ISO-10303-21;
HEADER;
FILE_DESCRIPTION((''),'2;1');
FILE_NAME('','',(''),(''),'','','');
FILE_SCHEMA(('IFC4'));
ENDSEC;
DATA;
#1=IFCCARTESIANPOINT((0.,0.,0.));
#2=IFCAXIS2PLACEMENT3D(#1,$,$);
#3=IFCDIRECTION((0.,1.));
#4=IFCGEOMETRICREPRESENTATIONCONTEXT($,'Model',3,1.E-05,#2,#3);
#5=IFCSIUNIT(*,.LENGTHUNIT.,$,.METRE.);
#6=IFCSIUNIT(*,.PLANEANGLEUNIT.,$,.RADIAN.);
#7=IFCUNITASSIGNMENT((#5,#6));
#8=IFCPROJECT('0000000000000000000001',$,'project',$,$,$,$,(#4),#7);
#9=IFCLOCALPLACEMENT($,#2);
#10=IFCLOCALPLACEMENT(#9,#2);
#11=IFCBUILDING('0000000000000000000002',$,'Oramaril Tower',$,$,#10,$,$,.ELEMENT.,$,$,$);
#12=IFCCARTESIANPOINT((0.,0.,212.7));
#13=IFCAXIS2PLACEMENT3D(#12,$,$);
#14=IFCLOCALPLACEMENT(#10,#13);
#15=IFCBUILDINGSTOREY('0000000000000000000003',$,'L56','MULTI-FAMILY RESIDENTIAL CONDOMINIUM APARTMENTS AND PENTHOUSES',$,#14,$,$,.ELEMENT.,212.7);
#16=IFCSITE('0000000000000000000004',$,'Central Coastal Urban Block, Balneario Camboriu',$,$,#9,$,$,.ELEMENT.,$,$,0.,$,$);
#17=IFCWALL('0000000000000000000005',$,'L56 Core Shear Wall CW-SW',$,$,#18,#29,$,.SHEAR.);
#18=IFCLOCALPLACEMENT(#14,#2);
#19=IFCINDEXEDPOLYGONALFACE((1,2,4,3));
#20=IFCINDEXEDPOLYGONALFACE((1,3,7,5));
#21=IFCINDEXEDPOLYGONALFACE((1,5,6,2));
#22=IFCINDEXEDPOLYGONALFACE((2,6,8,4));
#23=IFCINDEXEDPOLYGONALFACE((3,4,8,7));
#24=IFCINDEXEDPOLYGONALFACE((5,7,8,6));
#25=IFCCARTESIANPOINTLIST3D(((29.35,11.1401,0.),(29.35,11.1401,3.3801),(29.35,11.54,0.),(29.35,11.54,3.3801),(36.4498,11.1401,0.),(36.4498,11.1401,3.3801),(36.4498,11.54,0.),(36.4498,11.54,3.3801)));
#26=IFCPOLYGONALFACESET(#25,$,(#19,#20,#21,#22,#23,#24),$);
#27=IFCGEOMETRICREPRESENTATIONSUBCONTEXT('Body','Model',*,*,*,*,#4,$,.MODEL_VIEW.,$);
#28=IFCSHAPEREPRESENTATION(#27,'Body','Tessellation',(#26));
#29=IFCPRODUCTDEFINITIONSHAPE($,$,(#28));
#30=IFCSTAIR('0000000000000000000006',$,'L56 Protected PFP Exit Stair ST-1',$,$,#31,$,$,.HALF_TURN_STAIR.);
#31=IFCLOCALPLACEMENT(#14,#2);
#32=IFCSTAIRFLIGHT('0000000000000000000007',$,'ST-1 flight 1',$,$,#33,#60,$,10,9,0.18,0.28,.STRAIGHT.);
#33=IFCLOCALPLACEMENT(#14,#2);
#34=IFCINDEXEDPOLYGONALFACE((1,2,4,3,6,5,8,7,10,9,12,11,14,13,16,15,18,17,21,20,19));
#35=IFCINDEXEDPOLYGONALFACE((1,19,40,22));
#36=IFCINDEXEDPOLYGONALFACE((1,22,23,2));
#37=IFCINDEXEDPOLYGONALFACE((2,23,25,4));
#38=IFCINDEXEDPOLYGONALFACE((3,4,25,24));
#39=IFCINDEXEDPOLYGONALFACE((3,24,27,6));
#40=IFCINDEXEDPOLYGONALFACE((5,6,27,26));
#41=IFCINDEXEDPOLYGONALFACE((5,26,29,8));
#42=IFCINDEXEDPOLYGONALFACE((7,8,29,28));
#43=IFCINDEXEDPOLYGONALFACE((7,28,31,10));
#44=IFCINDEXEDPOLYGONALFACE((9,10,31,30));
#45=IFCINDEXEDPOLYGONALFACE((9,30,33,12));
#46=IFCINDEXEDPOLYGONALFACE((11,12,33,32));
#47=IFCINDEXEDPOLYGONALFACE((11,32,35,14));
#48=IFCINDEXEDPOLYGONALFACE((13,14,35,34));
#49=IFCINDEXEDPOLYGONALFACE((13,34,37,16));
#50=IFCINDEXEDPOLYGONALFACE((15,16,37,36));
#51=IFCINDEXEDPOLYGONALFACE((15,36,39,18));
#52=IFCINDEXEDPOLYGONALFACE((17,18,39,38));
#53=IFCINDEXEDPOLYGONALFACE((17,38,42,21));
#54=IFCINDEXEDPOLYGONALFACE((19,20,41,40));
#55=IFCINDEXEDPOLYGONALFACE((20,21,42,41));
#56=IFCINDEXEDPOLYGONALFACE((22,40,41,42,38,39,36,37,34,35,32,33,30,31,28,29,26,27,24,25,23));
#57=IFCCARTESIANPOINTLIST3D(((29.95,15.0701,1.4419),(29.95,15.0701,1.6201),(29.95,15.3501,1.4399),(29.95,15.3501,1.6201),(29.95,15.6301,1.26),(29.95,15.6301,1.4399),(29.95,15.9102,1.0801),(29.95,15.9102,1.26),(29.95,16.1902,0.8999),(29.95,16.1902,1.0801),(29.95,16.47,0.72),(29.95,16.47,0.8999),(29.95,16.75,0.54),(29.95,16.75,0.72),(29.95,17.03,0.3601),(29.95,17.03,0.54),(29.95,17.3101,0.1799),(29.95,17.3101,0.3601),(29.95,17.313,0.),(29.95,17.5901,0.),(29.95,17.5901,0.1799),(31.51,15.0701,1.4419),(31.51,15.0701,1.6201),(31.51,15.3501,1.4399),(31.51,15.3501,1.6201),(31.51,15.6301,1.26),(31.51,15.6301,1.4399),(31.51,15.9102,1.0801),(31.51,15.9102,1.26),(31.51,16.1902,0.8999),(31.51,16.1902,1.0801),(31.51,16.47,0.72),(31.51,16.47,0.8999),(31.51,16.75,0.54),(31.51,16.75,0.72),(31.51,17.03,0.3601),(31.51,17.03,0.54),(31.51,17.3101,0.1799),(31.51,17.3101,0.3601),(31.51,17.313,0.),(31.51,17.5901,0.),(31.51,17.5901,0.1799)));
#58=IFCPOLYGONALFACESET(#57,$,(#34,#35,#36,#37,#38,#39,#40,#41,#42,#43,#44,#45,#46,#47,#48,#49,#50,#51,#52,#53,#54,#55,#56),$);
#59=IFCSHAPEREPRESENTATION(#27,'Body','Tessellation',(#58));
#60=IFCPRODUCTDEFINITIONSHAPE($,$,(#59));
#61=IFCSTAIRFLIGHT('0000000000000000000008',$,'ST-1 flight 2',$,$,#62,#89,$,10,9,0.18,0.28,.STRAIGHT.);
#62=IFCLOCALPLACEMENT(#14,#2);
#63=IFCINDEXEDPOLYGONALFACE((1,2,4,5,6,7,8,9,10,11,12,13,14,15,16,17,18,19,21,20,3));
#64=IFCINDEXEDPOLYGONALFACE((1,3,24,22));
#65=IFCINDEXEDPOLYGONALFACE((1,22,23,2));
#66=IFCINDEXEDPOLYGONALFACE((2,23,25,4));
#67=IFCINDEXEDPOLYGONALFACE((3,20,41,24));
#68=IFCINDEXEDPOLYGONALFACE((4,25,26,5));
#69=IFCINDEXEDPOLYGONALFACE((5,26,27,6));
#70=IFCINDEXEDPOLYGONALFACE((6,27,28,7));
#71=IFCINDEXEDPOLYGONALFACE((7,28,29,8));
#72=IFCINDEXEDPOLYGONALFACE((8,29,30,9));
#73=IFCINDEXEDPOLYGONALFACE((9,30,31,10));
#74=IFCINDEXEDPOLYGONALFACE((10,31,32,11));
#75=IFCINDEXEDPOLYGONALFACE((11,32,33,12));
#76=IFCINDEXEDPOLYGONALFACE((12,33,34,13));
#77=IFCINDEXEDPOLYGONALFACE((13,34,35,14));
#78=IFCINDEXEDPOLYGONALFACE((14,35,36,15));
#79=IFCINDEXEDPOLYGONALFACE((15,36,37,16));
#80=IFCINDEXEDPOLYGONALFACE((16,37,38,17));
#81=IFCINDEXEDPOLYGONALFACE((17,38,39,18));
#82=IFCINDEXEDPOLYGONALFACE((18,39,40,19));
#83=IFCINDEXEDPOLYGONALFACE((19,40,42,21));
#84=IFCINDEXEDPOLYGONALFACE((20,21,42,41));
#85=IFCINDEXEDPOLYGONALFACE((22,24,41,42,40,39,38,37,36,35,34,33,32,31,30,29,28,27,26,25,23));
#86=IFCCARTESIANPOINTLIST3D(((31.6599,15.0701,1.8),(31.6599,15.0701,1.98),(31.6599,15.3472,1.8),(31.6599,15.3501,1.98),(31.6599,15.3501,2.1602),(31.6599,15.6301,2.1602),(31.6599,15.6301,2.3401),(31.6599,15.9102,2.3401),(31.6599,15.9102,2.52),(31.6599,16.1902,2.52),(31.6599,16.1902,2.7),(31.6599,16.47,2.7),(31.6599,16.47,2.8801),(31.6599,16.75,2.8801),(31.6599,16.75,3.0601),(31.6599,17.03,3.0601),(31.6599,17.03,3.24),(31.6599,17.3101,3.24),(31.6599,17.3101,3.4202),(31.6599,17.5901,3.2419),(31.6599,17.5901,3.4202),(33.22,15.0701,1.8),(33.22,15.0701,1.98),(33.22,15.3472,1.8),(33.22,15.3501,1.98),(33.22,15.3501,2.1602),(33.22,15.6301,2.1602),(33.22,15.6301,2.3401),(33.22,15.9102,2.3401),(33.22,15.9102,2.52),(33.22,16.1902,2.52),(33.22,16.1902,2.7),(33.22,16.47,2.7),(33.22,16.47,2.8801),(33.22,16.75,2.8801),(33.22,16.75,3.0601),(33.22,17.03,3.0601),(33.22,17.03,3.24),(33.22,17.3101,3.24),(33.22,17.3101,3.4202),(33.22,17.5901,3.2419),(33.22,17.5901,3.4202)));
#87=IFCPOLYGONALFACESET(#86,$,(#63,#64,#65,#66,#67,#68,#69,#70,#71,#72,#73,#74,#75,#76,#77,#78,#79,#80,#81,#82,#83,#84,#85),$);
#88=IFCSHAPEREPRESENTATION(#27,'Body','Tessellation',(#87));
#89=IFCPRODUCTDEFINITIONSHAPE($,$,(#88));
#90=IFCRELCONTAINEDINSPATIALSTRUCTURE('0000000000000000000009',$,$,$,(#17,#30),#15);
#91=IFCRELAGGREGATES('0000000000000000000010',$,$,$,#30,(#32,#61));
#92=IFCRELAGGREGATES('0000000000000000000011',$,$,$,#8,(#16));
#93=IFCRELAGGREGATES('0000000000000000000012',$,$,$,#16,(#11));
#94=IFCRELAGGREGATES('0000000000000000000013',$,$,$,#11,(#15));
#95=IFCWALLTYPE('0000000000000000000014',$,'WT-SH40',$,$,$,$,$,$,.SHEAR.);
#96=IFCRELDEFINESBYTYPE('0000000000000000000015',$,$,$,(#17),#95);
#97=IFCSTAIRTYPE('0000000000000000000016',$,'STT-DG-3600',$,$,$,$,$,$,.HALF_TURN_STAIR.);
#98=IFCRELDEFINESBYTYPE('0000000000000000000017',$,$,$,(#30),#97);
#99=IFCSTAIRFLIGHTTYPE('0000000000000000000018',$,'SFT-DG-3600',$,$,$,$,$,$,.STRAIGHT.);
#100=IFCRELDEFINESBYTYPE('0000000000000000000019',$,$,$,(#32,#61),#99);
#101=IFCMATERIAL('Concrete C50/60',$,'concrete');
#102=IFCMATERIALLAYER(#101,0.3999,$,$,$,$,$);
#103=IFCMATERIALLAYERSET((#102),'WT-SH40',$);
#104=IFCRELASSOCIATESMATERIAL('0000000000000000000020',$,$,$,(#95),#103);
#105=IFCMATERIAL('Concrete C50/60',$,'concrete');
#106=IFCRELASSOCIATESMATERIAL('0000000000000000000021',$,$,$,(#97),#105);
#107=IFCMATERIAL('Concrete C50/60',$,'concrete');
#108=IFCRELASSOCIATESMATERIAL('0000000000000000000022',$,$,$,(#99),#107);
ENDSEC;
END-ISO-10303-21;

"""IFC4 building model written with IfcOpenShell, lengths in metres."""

from ifc_helpers import new_model, si_unit, direction, frame, frame_2d, origin, place, context, subcontext, project, spatial, polyline, rectangle, outline, extrude, material, layer, layer_set, type_object, element, aggregate, save


model = new_model("IFC4")

# Units and contexts
model_context = context("Model", 3, precision=1e-05, world=origin(), true_north=direction((0.0, 1.0)))
body_context = subcontext(model_context, "Body", "Model", "MODEL_VIEW")
ifc_project = project(units=[si_unit("LENGTHUNIT", "METRE"), si_unit("PLANEANGLEUNIT", "RADIAN")], contexts=[model_context])

# Site, building, storey
site_placement = place(None, origin())
site = spatial("IfcSite", under=ifc_project, at=site_placement, Name="Central Coastal Urban Block, Balneario Camboriu", CompositionType="ELEMENT", RefElevation=0.0)
building_placement = place(site_placement, origin())
building = spatial("IfcBuilding", under=site, at=building_placement, Name="Oramaril Tower", CompositionType="ELEMENT")
storey_placement = place(building_placement, frame((0.0, 0.0, 212.7)))
storey = spatial("IfcBuildingStorey", under=building, at=storey_placement, Name="L56", Description="MULTI-FAMILY RESIDENTIAL CONDOMINIUM APARTMENTS AND PENTHOUSES", CompositionType="ELEMENT", Elevation=212.7)

# Wall
ifc_material_1 = material(Name="Concrete C50/60", Category="concrete")
ifc_layer_1 = layer(ifc_material_1, 0.3999)
ifc_layer_set_1 = layer_set([ifc_layer_1], Name="WT-SH40")
wall_type_1 = type_object("IfcWallType", Name="WT-SH40", PredefinedType="SHEAR", material=ifc_layer_set_1)
wall_1_placement = place(storey_placement, frame((29.3501, 11.3401, 0.0), z_axis=(0.0, 0.0, 1.0), x_axis=(1.0, 0.0, 0.0)))
element("IfcWall", 1, at=wall_1_placement, inside=storey, type_object=wall_type_1, Name="L56 Core Shear Wall CW-SW", PredefinedType="SHEAR", context=body_context, shape_type="SweptSolid", body=[
    extrude(rectangle(XDim=7.0999, YDim=0.3999, at=frame_2d((3.5498, 0.0))), origin(), (0.0, 0.0, 1.0), 3.3801),
])

# Stair, stair flights
ifc_material_2 = material(Name="Concrete C50/60", Category="concrete")
stair_type = type_object("IfcStairType", Name="STT-DG-3600", PredefinedType="HALF_TURN_STAIR", material=ifc_material_2)
stair_placement = place(storey_placement, origin())
stair = element("IfcStair", 2, at=stair_placement, inside=storey, type_object=stair_type, Name="L56 Protected PFP Exit Stair ST-1", PredefinedType="HALF_TURN_STAIR")
ifc_material_3 = material(Name="Concrete C50/60", Category="concrete")
stair_flight_type = type_object("IfcStairFlightType", Name="SFT-DG-3600", PredefinedType="STRAIGHT", material=ifc_material_3)
stair_flight_1_placement = place(storey_placement, frame((30.73, 17.5901, 0.0), z_axis=(0.0, 0.0, 1.0), x_axis=(0.0, -1.0, 0.0)))
stair_flight_1 = element("IfcStairFlight", 3, at=stair_flight_1_placement, type_object=stair_flight_type, Name="ST-1 flight 1", NumberOfRisers=10, NumberOfTreads=9, PredefinedType="STRAIGHT", RiserHeight=0.18, TreadLength=0.28, context=body_context, shape_type="SweptSolid", body=[
    extrude(outline(polyline([(0.0, 0.0), (0.0, 0.1799), (0.28, 0.1799), (0.28, 0.3601), (0.5601, 0.3601), (0.5601, 0.54), (0.8401, 0.54), (0.8401, 0.72), (1.1201, 0.72), (1.1201, 0.8999), (1.3999, 0.8999), (1.3999, 1.0801), (1.6799, 1.0801), (1.6799, 1.26), (1.96, 1.26), (1.96, 1.4399), (2.24, 1.4399), (2.24, 1.6201), (2.52, 1.6201), (2.52, 1.8), (2.52, 1.4419), (0.2771, 0.0), (0.0, 0.0)])), frame((0.0, 0.78, 0.0), z_axis=(0.0, -1.0, 0.0), x_axis=(1.0, 0.0, 0.0)), (0.0, 0.0, 1.0), 1.5601),
])
stair_flight_2_placement = place(storey_placement, frame((32.4399, 15.0701, 1.8), z_axis=(0.0, 0.0, 1.0), x_axis=(0.0, 1.0, 0.0)))
stair_flight_2 = element("IfcStairFlight", 4, at=stair_flight_2_placement, type_object=stair_flight_type, Name="ST-1 flight 2", NumberOfRisers=10, NumberOfTreads=9, PredefinedType="STRAIGHT", RiserHeight=0.18, TreadLength=0.28, context=body_context, shape_type="SweptSolid", body=[
    extrude(outline(polyline([(0.0, 0.0), (0.0, 0.1799), (0.28, 0.1799), (0.28, 0.3601), (0.5601, 0.3601), (0.5601, 0.54), (0.8401, 0.54), (0.8401, 0.72), (1.1201, 0.72), (1.1201, 0.8999), (1.3999, 0.8999), (1.3999, 1.0801), (1.6799, 1.0801), (1.6799, 1.26), (1.96, 1.26), (1.96, 1.4399), (2.24, 1.4399), (2.24, 1.6201), (2.52, 1.6201), (2.52, 1.8), (2.52, 1.4419), (0.2771, 0.0), (0.0, 0.0)])), frame((0.0, 0.78, 0.0), z_axis=(0.0, -1.0, 0.0), x_axis=(1.0, 0.0, 0.0)), (0.0, 0.0, 1.0), 1.5601),
])
aggregate(stair, [stair_flight_1, stair_flight_2])

save(model, "model.ifc")
